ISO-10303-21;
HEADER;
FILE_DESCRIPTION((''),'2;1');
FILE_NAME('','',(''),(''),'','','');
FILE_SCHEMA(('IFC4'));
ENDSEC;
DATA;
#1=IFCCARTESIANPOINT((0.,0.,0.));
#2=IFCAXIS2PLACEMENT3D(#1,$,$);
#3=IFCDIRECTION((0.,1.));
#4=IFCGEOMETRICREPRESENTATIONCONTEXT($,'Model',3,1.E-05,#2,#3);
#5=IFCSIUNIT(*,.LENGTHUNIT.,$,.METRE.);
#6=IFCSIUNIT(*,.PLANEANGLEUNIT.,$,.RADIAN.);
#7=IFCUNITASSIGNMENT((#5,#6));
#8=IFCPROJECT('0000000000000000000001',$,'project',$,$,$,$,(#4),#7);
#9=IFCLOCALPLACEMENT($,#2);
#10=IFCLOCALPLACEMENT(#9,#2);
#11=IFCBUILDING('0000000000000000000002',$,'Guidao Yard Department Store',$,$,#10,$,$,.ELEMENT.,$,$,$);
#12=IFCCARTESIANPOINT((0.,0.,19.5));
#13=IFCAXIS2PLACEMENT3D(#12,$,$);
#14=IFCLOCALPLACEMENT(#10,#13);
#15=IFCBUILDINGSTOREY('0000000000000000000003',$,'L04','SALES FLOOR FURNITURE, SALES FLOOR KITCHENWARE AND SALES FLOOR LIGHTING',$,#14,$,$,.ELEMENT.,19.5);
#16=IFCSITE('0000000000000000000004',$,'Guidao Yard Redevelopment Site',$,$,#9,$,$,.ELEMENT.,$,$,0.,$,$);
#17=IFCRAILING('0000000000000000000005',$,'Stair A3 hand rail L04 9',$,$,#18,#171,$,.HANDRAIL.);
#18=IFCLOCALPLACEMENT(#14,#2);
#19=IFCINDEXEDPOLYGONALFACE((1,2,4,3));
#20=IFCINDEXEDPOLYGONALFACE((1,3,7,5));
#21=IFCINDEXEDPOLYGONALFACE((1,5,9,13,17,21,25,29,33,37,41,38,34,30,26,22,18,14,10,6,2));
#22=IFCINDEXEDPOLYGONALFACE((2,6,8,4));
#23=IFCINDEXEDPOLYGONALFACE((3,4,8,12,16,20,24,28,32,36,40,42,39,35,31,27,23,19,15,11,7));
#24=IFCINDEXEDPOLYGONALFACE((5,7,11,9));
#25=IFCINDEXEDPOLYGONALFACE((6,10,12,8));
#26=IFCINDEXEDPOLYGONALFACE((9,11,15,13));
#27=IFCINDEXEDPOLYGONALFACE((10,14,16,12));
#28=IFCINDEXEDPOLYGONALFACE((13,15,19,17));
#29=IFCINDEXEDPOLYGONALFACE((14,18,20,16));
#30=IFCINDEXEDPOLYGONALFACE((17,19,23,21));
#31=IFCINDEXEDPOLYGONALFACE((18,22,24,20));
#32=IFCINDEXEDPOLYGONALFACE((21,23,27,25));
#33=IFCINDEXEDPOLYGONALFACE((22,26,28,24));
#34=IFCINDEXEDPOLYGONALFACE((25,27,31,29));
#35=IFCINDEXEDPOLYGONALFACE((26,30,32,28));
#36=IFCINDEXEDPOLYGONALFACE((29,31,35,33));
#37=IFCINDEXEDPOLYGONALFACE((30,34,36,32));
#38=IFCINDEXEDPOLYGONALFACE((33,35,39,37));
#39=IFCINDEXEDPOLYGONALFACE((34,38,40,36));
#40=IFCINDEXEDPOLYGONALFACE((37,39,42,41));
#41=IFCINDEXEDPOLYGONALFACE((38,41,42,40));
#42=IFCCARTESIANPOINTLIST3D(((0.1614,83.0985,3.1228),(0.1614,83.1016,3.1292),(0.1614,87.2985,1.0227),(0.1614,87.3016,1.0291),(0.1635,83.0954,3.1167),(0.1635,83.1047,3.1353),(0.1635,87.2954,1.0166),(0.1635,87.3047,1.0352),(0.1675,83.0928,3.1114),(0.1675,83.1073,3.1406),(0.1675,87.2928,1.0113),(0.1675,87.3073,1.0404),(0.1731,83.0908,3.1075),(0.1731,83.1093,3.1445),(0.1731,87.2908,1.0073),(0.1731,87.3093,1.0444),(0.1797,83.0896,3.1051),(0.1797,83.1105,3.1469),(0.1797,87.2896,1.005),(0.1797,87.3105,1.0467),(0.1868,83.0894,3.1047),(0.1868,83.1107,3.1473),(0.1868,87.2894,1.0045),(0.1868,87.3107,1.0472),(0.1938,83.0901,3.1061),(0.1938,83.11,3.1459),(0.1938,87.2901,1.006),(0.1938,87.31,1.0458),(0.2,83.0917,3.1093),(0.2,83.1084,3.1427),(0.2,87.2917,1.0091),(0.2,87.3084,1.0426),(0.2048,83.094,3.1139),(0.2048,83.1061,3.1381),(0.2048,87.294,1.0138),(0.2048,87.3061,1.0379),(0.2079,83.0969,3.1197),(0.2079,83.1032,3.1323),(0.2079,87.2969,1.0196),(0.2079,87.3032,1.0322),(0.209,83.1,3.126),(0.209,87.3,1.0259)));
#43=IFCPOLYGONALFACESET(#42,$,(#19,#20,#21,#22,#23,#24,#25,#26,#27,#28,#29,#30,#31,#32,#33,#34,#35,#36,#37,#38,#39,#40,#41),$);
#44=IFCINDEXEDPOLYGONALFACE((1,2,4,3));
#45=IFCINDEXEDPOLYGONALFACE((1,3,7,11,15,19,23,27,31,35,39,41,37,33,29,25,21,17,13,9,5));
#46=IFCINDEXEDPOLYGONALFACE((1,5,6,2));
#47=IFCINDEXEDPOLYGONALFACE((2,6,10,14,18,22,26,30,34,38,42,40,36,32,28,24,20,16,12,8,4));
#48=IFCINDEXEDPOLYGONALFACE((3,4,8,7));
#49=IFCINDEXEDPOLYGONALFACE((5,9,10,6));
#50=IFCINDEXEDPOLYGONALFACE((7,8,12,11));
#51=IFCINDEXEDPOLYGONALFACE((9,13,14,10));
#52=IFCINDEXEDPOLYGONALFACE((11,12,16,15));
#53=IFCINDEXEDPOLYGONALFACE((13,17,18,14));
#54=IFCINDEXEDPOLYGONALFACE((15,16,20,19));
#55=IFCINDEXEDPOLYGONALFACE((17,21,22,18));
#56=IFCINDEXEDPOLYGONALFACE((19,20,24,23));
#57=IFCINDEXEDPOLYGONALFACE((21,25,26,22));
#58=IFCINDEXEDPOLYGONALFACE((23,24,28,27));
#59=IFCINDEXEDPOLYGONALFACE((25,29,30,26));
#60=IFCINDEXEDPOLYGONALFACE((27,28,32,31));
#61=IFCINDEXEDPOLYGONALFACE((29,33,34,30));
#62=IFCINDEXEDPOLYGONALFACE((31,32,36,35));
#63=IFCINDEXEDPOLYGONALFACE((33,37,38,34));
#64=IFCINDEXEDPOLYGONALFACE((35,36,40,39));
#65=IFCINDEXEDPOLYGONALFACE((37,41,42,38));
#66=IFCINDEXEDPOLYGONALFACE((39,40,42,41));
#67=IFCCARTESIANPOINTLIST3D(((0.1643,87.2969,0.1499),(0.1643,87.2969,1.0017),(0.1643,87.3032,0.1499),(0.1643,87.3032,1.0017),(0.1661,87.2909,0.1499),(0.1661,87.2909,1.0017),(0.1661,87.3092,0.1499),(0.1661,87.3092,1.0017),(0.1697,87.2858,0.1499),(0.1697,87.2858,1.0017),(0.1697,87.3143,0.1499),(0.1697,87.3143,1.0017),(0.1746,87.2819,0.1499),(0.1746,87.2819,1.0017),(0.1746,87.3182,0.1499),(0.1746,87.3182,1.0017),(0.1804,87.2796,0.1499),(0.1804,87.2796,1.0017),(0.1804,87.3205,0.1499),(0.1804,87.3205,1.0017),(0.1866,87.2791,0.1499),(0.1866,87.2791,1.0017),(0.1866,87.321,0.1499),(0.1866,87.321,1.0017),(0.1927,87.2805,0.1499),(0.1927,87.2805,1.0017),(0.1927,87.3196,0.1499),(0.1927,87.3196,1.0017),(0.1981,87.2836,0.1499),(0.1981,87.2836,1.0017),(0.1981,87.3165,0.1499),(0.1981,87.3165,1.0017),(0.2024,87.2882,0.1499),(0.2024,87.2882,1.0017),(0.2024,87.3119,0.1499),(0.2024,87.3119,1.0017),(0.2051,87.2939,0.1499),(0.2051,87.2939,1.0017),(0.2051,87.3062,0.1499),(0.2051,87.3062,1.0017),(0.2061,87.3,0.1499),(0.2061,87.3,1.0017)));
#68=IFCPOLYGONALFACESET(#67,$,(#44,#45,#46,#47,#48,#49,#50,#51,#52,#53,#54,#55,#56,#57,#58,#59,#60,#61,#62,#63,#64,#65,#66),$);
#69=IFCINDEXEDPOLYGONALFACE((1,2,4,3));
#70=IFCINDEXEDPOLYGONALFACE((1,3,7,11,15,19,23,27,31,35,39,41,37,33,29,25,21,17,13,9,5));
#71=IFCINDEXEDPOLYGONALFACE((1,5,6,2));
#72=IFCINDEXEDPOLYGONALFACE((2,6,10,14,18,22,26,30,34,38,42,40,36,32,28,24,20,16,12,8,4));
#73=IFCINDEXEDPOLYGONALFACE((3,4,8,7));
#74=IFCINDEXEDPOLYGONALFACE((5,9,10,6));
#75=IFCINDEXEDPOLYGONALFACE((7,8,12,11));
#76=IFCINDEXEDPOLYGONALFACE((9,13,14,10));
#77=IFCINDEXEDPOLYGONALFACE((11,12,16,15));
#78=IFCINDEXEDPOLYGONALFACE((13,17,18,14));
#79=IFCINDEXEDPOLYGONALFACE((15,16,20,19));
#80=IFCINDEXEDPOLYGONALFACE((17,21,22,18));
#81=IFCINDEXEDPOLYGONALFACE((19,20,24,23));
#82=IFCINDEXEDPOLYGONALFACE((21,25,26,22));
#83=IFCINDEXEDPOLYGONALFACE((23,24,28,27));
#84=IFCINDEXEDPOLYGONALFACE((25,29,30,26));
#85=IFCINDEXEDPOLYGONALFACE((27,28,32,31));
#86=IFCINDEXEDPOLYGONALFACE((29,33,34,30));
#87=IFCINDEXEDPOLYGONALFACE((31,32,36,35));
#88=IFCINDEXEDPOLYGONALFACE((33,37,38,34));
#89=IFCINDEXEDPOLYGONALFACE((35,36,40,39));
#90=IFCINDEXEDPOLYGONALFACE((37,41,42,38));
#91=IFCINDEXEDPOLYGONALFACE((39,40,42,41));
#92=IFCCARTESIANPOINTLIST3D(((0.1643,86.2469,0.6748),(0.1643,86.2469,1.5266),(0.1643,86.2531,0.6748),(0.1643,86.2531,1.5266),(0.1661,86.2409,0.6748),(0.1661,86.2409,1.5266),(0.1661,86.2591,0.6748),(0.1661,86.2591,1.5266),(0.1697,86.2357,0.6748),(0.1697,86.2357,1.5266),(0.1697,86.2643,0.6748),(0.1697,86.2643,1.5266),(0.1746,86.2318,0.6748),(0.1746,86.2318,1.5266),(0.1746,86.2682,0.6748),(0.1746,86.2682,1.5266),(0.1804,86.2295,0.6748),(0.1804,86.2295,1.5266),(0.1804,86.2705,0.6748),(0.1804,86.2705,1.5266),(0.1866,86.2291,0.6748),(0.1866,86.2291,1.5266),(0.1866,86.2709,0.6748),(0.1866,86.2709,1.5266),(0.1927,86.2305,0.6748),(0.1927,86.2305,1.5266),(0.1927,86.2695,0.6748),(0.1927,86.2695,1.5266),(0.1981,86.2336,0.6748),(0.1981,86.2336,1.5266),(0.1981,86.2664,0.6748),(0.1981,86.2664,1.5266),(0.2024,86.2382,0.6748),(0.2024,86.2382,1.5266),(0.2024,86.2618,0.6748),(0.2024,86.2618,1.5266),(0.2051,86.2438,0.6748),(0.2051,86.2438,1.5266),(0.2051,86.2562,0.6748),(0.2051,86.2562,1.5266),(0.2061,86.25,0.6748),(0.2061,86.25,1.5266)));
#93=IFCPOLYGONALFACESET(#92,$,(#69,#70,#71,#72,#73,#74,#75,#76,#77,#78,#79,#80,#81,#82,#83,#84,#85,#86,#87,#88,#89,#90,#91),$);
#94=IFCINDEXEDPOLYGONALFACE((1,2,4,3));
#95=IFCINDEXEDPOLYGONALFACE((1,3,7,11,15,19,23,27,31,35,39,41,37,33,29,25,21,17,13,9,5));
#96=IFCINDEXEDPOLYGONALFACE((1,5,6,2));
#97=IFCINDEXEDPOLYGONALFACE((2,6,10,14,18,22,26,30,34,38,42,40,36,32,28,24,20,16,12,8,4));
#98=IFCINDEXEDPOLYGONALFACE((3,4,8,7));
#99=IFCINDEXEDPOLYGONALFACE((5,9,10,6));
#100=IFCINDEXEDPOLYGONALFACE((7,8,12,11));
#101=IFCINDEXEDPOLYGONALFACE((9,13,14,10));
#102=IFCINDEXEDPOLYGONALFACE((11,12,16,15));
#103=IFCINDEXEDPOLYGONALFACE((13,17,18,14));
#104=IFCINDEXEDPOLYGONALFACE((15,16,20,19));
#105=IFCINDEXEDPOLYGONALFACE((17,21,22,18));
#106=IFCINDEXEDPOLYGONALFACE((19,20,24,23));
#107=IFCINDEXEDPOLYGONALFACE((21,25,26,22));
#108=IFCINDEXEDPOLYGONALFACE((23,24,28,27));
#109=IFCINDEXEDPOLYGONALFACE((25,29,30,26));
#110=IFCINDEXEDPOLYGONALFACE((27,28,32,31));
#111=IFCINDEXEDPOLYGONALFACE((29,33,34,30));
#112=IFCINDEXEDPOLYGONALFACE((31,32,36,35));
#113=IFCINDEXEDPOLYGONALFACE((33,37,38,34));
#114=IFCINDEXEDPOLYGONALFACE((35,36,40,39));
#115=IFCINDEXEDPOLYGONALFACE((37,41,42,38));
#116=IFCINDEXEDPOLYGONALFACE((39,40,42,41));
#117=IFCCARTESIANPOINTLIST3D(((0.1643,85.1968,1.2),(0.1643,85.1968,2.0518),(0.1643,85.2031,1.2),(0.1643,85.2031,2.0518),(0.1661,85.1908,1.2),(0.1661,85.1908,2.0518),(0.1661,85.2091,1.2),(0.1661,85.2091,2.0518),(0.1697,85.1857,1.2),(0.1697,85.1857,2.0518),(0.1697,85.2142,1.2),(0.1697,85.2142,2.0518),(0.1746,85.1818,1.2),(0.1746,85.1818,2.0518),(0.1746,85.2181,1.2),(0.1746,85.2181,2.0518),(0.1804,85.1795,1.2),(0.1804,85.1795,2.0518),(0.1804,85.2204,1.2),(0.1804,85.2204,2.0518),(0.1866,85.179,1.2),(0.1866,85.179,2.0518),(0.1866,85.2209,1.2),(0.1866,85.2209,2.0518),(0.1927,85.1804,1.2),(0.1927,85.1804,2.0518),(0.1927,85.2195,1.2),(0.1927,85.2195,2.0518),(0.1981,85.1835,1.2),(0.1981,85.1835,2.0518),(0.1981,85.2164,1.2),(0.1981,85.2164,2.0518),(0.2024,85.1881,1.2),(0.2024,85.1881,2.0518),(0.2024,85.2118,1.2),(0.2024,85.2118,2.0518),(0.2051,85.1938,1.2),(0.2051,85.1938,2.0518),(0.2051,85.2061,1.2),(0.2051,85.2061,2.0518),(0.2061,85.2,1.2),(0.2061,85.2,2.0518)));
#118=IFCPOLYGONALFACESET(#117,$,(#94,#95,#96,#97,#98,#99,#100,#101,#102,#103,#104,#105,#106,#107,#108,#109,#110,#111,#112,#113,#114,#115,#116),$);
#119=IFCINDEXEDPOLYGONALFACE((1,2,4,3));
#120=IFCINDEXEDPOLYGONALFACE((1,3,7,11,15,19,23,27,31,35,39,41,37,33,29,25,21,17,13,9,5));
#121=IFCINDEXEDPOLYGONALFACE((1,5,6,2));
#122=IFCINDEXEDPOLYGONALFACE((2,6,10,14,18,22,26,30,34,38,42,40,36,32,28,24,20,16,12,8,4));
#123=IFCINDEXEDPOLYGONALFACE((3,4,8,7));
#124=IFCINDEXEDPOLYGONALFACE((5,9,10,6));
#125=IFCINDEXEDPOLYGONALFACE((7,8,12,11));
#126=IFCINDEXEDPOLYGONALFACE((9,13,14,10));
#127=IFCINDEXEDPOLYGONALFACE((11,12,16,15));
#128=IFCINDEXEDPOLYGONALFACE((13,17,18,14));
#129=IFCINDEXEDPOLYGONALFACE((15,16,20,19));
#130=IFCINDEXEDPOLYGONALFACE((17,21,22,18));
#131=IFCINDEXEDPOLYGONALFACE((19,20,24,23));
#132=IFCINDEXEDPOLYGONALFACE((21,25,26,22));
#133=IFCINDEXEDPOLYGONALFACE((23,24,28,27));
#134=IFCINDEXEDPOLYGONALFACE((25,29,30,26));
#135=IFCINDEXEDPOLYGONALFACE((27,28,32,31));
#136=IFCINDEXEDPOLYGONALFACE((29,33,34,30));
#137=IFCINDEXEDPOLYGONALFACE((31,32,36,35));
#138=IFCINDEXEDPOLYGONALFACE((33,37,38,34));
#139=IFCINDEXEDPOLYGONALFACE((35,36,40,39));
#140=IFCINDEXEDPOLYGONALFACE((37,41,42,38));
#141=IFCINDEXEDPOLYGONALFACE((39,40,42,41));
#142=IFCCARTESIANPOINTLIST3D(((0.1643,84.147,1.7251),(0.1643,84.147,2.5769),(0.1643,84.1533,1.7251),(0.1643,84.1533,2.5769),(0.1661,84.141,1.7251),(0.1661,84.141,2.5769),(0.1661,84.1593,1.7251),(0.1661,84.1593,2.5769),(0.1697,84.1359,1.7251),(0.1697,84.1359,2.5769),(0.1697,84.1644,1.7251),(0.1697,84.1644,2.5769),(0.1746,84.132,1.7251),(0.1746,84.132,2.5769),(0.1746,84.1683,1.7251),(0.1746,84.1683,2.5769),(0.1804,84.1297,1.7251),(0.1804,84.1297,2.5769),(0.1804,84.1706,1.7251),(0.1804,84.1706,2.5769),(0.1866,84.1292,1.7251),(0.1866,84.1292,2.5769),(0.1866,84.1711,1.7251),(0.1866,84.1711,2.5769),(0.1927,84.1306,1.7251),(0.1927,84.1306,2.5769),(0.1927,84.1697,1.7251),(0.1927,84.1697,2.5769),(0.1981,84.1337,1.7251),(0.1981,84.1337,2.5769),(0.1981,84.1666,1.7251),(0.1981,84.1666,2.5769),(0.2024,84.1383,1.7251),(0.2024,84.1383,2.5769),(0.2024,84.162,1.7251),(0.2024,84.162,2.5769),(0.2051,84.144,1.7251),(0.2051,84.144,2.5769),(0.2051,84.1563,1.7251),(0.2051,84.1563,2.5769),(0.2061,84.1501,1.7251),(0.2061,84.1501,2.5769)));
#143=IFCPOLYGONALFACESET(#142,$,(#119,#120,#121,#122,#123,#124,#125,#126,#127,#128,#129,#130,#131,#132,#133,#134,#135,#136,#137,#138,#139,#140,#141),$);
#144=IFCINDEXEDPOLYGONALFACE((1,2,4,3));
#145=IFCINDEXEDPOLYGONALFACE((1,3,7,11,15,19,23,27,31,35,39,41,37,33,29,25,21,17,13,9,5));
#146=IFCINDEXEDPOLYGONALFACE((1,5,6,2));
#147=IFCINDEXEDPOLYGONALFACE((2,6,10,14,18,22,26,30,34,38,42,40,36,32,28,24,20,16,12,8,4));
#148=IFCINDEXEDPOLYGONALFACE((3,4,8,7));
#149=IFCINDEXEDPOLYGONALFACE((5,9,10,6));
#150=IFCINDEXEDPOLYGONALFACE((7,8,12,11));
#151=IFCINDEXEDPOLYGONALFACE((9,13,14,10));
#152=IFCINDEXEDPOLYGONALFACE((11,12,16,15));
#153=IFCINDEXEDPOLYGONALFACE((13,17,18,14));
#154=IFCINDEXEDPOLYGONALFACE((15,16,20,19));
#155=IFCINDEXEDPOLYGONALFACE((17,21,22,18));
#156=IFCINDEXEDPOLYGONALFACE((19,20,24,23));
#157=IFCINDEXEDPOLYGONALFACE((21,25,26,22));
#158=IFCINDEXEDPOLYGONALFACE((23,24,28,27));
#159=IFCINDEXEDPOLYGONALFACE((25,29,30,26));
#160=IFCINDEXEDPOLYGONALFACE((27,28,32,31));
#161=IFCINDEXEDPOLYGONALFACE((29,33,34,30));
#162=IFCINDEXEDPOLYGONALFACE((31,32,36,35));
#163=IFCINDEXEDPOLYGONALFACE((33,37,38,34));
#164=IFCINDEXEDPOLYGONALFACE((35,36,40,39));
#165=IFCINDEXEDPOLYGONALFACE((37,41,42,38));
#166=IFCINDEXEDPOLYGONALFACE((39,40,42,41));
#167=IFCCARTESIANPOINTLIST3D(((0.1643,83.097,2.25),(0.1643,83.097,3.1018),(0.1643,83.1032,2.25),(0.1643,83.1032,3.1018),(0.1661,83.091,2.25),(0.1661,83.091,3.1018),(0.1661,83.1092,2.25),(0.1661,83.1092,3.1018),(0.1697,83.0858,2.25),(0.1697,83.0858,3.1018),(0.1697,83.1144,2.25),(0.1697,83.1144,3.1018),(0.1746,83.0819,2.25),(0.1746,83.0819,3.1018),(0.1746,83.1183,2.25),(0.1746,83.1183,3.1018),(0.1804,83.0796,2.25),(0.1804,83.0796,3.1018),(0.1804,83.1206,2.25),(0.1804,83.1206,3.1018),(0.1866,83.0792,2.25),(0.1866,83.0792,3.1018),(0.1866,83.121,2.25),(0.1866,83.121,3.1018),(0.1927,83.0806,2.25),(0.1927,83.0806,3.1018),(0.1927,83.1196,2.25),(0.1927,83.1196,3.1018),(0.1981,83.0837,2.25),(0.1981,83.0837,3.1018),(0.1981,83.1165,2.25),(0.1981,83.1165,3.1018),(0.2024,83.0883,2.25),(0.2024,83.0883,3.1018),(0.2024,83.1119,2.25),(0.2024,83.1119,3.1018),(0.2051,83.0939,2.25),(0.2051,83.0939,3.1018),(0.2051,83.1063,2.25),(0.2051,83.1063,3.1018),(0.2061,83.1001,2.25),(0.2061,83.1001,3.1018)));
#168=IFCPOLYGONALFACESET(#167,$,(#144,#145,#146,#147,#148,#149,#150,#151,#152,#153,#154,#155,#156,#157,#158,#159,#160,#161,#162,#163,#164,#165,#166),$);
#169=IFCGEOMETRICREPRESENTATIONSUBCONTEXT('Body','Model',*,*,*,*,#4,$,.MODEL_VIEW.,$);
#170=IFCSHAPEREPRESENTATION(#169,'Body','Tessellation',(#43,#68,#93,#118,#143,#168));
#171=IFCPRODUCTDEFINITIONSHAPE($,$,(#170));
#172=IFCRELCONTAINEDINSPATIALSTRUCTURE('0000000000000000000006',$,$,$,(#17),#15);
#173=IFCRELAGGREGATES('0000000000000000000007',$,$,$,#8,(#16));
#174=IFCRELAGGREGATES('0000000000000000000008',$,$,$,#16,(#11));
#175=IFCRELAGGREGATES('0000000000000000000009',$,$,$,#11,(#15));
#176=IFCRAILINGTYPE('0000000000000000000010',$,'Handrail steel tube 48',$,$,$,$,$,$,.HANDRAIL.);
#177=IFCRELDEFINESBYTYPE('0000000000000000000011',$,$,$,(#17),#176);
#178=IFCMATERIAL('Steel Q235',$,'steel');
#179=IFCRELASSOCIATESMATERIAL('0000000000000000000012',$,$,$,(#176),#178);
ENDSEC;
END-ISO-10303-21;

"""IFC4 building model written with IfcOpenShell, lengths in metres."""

from ifc_helpers import new_model, si_unit, direction, frame, origin, origin_2d, place, context, subcontext, project, spatial, circle, extrude, material, type_object, element, save


model = new_model("IFC4")

# Units and contexts
model_context = context("Model", 3, precision=1e-05, world=origin(), true_north=direction((0.0, 1.0)))
body_context = subcontext(model_context, "Body", "Model", "MODEL_VIEW")
ifc_project = project(units=[si_unit("LENGTHUNIT", "METRE"), si_unit("PLANEANGLEUNIT", "RADIAN")], contexts=[model_context])

# Site, building, storey
site_placement = place(None, origin())
site = spatial("IfcSite", under=ifc_project, at=site_placement, Name="Guidao Yard Redevelopment Site", CompositionType="ELEMENT", RefElevation=0.0)
building_placement = place(site_placement, origin())
building = spatial("IfcBuilding", under=site, at=building_placement, Name="Guidao Yard Department Store", CompositionType="ELEMENT")
storey_placement = place(building_placement, frame((0.0, 0.0, 19.5)))
storey = spatial("IfcBuildingStorey", under=building, at=storey_placement, Name="L04", Description="SALES FLOOR FURNITURE, SALES FLOOR KITCHENWARE AND SALES FLOOR LIGHTING", CompositionType="ELEMENT", Elevation=19.5)

# Railing
ifc_material_1 = material(Name="Steel Q235", Category="steel")
railing_type = type_object("IfcRailingType", Name="Handrail steel tube 48", PredefinedType="HANDRAIL", material=ifc_material_1)
for number, where, name in (
    (1, (0.1851, 87.3, 0.1499), "Stair A3 hand rail L04 9"),
):
    element("IfcRailing", number, at=place(storey_placement, frame(where)), inside=storey, type_object=railing_type, Name=name, PredefinedType="HANDRAIL", context=body_context, shape_type="SweptSolid", body=[
        extrude(circle(Radius=0.0239, at=origin_2d()), frame((0.0, 0.0, 0.876), z_axis=(0.0, -0.894417, 0.447234), x_axis=(1.0, 0.0, 0.0)), (0.0, 0.0, 1.0), 4.6958),
        extrude(circle(Radius=0.021, at=origin_2d()), origin(), (0.0, 0.0, 1.0), 0.8518),
        extrude(circle(Radius=0.021, at=origin_2d()), frame((0.0, -1.05, 0.5249)), (0.0, 0.0, 1.0), 0.8518),
        extrude(circle(Radius=0.021, at=origin_2d()), frame((0.0, -2.1001, 1.05)), (0.0, 0.0, 1.0), 0.8518),
        extrude(circle(Radius=0.021, at=origin_2d()), frame((0.0, -3.1499, 1.5752)), (0.0, 0.0, 1.0), 0.8518),
        extrude(circle(Radius=0.021, at=origin_2d()), frame((0.0, -4.2, 2.1001)), (0.0, 0.0, 1.0), 0.8518),
    ])

save(model, "model.ifc")
